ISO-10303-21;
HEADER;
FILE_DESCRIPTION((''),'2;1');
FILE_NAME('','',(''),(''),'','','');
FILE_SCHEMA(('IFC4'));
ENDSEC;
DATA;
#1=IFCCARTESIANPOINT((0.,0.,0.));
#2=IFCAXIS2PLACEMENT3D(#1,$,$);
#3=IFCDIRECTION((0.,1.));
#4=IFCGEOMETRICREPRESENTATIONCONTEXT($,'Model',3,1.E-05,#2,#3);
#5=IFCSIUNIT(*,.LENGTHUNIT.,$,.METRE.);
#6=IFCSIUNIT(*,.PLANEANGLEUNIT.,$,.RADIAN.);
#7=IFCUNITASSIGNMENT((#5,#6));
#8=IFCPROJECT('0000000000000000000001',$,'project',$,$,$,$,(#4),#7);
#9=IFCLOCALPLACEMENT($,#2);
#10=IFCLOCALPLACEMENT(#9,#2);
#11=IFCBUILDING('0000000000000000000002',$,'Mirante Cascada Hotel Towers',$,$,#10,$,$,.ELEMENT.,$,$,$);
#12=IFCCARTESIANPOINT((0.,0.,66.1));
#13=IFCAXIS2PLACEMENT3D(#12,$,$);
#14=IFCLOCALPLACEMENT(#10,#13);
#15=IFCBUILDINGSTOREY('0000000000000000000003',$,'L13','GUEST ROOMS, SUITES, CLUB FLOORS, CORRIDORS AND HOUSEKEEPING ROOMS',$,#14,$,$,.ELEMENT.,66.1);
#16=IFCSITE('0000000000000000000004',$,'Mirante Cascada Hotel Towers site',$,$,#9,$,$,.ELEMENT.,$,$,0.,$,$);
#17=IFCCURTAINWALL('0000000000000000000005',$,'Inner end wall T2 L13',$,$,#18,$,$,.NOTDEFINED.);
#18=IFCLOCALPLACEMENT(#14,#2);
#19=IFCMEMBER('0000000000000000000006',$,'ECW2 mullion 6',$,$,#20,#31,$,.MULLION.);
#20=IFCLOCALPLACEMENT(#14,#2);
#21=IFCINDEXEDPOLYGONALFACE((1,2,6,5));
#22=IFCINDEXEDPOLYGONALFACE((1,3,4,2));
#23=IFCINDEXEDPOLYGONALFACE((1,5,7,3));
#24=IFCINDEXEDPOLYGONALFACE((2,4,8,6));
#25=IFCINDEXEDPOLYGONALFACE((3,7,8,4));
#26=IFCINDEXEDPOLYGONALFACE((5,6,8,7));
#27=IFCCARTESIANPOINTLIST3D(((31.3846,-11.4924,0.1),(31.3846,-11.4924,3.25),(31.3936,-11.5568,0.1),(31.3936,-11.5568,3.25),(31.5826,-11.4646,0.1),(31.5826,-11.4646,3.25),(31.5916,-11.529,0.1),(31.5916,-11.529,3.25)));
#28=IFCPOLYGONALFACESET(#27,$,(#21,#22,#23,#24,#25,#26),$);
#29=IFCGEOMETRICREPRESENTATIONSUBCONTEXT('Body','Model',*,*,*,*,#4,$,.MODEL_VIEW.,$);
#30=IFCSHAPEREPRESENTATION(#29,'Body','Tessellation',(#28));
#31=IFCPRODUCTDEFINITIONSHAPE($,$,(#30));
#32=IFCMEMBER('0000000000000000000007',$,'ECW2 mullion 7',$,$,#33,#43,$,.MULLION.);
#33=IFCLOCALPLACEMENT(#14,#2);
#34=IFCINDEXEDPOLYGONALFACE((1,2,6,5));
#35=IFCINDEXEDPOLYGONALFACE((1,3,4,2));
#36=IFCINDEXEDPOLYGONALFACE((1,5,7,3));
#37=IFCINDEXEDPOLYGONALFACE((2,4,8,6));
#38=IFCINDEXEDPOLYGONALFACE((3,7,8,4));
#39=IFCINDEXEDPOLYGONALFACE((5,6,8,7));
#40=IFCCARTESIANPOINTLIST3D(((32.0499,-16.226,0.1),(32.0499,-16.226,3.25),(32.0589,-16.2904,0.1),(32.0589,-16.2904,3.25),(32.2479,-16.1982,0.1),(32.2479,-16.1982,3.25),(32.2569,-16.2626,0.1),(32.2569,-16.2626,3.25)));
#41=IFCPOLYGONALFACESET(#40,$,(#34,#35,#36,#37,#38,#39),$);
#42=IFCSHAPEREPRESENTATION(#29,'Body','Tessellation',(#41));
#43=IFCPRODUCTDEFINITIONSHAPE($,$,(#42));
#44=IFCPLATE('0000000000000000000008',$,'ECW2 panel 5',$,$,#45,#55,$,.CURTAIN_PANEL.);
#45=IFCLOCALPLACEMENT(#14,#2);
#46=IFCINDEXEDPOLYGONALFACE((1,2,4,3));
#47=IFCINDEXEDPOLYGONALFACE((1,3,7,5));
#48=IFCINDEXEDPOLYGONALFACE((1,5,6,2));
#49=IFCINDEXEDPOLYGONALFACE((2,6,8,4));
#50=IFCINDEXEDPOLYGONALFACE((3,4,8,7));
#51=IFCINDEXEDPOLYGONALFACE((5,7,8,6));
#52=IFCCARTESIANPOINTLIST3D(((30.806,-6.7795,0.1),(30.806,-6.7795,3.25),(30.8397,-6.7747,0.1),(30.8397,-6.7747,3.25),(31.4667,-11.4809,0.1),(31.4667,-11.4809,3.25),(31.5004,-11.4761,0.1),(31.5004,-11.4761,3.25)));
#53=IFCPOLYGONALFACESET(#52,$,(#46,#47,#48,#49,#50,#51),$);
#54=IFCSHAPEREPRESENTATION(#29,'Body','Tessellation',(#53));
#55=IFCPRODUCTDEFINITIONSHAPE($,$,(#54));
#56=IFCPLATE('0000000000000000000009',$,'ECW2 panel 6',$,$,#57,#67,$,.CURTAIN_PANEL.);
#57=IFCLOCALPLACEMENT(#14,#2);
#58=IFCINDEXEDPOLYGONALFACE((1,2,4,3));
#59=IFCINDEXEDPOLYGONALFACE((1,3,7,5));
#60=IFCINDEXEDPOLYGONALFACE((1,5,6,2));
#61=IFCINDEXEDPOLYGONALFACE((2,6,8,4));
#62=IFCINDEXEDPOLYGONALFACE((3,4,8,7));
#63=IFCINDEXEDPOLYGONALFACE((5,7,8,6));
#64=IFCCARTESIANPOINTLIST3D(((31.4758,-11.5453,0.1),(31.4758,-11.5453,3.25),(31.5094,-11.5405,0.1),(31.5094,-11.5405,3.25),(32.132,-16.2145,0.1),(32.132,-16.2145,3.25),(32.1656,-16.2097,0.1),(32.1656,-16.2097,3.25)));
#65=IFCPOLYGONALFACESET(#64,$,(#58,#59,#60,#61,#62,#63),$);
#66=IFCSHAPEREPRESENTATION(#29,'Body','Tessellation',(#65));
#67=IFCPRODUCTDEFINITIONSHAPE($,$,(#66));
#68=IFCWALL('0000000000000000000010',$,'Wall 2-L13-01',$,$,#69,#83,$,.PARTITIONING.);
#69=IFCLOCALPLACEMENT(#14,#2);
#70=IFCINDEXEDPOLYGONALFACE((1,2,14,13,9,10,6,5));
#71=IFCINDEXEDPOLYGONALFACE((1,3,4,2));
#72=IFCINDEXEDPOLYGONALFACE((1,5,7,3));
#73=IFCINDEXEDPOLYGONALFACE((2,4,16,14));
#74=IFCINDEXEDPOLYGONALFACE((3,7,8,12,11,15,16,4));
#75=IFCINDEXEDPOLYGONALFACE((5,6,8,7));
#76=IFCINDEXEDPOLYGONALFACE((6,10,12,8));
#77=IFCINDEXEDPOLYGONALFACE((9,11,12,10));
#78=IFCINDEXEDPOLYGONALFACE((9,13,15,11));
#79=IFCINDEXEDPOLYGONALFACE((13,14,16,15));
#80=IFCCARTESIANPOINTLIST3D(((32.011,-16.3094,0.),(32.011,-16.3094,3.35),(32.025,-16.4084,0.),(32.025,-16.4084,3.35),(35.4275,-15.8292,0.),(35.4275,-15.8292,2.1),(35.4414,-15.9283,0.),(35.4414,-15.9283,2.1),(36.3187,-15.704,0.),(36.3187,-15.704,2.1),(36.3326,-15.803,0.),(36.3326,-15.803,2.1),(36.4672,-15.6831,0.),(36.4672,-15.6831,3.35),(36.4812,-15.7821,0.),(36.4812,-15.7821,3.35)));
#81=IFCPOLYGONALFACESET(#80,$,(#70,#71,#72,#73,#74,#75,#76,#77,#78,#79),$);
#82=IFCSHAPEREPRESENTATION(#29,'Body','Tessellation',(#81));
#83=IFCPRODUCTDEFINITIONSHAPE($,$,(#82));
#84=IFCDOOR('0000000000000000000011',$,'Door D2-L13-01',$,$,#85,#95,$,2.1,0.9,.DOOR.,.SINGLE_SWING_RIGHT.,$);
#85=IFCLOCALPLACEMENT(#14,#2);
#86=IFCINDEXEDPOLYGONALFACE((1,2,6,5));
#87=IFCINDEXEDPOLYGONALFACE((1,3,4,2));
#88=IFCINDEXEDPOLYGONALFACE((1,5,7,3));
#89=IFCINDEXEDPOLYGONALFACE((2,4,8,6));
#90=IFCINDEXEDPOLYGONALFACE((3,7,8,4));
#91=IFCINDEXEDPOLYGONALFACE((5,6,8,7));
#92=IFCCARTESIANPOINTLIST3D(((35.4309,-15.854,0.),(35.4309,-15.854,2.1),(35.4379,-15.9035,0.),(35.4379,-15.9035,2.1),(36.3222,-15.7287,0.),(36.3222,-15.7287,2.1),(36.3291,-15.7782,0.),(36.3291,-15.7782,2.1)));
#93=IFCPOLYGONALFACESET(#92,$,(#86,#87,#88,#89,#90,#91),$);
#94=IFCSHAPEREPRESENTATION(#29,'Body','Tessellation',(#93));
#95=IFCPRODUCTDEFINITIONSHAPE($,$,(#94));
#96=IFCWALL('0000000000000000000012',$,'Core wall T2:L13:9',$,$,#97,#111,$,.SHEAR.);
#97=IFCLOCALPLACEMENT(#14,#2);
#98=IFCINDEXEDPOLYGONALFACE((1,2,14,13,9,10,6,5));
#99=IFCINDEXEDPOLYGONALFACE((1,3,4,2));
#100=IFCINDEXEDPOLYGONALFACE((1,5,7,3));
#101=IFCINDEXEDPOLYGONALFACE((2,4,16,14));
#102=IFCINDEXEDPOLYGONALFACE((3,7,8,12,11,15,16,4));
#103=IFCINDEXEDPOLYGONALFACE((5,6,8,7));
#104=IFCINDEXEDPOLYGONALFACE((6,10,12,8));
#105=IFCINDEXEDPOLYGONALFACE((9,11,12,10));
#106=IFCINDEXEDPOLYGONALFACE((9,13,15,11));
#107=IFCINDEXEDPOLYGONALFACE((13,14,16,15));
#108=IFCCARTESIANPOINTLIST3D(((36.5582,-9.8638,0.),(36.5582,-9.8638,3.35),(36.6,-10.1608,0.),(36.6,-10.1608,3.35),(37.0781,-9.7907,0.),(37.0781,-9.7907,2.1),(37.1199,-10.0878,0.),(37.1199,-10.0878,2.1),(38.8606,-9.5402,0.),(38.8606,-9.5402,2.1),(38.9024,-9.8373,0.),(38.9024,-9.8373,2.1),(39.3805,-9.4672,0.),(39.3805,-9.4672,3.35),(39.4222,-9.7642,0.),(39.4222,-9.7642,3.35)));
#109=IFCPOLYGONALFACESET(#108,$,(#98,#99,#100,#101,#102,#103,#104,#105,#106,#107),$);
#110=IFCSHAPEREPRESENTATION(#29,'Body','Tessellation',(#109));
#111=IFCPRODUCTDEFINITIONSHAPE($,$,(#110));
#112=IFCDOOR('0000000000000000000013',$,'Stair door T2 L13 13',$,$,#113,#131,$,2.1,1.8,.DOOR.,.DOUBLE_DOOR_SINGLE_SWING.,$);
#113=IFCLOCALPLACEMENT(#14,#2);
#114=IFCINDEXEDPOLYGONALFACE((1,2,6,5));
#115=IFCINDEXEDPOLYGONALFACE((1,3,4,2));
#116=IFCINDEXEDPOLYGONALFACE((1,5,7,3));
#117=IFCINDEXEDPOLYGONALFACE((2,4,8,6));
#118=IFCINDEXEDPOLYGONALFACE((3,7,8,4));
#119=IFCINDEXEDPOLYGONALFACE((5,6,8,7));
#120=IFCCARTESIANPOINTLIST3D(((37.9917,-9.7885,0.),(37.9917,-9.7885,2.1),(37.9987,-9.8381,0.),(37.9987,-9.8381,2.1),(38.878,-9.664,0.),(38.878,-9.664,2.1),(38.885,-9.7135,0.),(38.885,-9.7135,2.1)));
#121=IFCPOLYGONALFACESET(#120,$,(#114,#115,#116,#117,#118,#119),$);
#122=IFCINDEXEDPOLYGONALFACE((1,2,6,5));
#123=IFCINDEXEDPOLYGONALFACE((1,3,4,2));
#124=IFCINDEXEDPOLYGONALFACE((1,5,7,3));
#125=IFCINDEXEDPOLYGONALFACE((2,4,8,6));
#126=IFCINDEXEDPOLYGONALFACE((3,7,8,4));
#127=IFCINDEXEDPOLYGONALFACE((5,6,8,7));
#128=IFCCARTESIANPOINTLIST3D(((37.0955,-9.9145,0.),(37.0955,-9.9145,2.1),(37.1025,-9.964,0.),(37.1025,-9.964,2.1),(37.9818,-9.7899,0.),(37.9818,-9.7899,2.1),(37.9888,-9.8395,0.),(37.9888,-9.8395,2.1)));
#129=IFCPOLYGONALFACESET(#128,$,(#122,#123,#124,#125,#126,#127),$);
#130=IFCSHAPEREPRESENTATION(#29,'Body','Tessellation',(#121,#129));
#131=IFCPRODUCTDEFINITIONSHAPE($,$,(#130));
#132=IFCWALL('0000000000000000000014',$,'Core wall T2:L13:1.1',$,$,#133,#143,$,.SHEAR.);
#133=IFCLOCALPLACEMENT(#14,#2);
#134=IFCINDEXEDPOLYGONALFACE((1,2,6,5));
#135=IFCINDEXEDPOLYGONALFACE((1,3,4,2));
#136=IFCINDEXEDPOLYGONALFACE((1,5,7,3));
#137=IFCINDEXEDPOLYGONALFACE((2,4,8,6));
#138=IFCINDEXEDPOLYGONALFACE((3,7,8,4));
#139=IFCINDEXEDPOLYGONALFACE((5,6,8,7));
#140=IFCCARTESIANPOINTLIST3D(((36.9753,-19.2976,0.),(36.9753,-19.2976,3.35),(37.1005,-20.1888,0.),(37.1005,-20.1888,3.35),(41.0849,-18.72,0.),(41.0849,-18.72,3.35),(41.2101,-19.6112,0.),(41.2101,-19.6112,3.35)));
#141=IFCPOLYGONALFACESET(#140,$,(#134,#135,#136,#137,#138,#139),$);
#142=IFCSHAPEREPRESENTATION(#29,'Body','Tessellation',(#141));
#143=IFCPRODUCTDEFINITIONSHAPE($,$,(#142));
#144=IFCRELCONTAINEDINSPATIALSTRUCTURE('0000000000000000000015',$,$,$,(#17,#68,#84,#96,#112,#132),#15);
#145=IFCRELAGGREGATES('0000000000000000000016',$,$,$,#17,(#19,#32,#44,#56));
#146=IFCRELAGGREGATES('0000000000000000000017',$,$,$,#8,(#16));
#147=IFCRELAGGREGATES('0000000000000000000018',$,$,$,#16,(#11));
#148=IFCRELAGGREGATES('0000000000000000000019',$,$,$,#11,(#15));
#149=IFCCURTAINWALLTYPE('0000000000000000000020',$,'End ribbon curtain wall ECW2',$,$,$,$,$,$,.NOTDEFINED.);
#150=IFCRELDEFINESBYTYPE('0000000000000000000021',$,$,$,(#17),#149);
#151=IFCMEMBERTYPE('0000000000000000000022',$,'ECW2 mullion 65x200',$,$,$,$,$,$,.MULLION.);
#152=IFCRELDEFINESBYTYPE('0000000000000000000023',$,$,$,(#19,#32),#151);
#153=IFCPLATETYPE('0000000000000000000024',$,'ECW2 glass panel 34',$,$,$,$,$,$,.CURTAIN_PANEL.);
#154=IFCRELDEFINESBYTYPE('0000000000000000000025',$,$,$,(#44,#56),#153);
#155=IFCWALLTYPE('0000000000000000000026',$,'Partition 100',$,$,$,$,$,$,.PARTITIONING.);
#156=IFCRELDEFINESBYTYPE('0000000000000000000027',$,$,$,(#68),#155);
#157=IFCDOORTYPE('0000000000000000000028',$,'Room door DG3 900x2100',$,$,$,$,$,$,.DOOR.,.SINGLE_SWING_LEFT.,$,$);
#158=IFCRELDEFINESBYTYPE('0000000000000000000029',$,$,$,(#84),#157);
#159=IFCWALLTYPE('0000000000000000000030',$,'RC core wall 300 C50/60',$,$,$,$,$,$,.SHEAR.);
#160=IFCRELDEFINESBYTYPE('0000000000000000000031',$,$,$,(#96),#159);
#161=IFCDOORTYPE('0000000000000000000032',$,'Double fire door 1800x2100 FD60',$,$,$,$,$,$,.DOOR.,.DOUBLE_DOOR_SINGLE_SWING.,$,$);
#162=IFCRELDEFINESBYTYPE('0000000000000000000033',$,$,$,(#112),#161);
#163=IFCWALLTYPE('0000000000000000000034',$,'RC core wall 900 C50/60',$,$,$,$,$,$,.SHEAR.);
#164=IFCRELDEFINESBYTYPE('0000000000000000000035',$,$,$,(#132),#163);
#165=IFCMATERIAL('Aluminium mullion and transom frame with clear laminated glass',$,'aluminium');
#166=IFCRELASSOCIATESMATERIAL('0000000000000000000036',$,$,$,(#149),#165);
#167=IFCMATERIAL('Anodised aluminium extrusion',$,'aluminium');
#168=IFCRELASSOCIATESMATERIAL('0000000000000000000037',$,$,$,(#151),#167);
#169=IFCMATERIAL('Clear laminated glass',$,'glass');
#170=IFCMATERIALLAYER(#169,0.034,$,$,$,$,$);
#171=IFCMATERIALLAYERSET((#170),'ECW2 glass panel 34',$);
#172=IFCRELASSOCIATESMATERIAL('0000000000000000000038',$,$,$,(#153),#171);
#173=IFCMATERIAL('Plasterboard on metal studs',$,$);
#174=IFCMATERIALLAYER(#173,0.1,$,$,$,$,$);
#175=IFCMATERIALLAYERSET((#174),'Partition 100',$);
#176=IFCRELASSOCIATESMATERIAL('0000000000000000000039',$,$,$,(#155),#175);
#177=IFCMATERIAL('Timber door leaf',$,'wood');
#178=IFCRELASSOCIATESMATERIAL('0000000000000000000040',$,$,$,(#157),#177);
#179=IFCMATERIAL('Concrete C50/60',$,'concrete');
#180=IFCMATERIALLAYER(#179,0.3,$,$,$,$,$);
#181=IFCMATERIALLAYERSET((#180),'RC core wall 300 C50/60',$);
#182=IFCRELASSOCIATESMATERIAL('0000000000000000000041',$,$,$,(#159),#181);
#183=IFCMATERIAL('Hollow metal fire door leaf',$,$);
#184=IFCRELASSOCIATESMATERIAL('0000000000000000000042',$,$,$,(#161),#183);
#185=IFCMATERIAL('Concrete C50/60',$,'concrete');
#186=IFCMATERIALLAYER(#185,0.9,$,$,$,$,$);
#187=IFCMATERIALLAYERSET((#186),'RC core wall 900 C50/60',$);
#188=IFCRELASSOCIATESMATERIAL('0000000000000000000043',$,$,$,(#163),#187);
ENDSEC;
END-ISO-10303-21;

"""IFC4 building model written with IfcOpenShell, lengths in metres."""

from ifc_helpers import new_model, si_unit, direction, frame, frame_2d, origin, origin_2d, place, context, subcontext, project, spatial, rectangle, extrude, material, layer, layer_set, material_profile, profile_set, type_object, element, fill, aggregate, save


model = new_model("IFC4")

# Units and contexts
model_context = context("Model", 3, precision=1e-05, world=origin(), true_north=direction((0.0, 1.0)))
body_context = subcontext(model_context, "Body", "Model", "MODEL_VIEW")
ifc_project = project(units=[si_unit("LENGTHUNIT", "METRE"), si_unit("PLANEANGLEUNIT", "RADIAN")], contexts=[model_context])

# Site, building, storey
site_placement = place(None, origin())
site = spatial("IfcSite", under=ifc_project, at=site_placement, Name="Mirante Cascada Hotel Towers site", CompositionType="ELEMENT", RefElevation=0.0)
building_placement = place(site_placement, origin())
building = spatial("IfcBuilding", under=site, at=building_placement, Name="Mirante Cascada Hotel Towers", CompositionType="ELEMENT")
storey_placement = place(building_placement, frame((0.0, 0.0, 66.1)))
storey = spatial("IfcBuildingStorey", under=building, at=storey_placement, Name="L13", Description="GUEST ROOMS, SUITES, CLUB FLOORS, CORRIDORS AND HOUSEKEEPING ROOMS", CompositionType="ELEMENT", Elevation=66.1)

# Curtain wall, members, plates
ifc_material_1 = material(Name="Aluminium mullion and transom frame with clear laminated glass", Category="aluminium")
curtain_wall_type = type_object("IfcCurtainWallType", Name="End ribbon curtain wall ECW2", PredefinedType="NOTDEFINED", material=ifc_material_1)
curtain_wall_placement = place(storey_placement, origin())
curtain_wall = element("IfcCurtainWall", 1, at=curtain_wall_placement, inside=storey, type_object=curtain_wall_type, Name="Inner end wall T2 L13", PredefinedType="NOTDEFINED")
ifc_material_2 = material(Name="Anodised aluminium extrusion", Category="aluminium")
ifc_material_profile = material_profile(ifc_material_2, rectangle(XDim=0.2, YDim=0.065, at=origin_2d()), Name="ECW2 MULLION 65x200")
ifc_profile_set = profile_set([ifc_material_profile], Name="Anodised aluminium extrusion")
member_type = type_object("IfcMemberType", Name="ECW2 mullion 65x200", PredefinedType="MULLION", material=ifc_profile_set)
member_1_placement = place(storey_placement, frame((31.4881, -11.5107, 0.1), z_axis=(0.0, 0.0, 1.0), x_axis=(0.990268, 0.139173, 0.0)))
member_1 = element("IfcMember", 2, at=member_1_placement, type_object=member_type, Name="ECW2 mullion 6", PredefinedType="MULLION", context=body_context, shape_type="SweptSolid", body=[
    extrude(rectangle(XDim=0.2, YDim=0.065, at=origin_2d()), origin(), (0.0, 0.0, 1.0), 3.15),
])
member_2_placement = place(storey_placement, frame((32.1534, -16.2443, 0.1), z_axis=(0.0, 0.0, 1.0), x_axis=(0.990268, 0.139173, 0.0)))
member_2 = element("IfcMember", 3, at=member_2_placement, type_object=member_type, Name="ECW2 mullion 7", PredefinedType="MULLION", context=body_context, shape_type="SweptSolid", body=[
    extrude(rectangle(XDim=0.2, YDim=0.065, at=origin_2d()), origin(), (0.0, 0.0, 1.0), 3.15),
])
ifc_material_3 = material(Name="Clear laminated glass", Category="glass")
ifc_layer_1 = layer(ifc_material_3, 0.034)
ifc_layer_set_1 = layer_set([ifc_layer_1], Name="ECW2 glass panel 34")
plate_type = type_object("IfcPlateType", Name="ECW2 glass panel 34", PredefinedType="CURTAIN_PANEL", material=ifc_layer_set_1)
plate_1_placement = place(storey_placement, frame((31.1532, -9.1278, 0.1), z_axis=(0.0, 0.0, 1.0), x_axis=(0.139173, -0.990268, 0.0)))
plate_1 = element("IfcPlate", 4, at=plate_1_placement, type_object=plate_type, Name="ECW2 panel 5", PredefinedType="CURTAIN_PANEL", context=body_context, shape_type="SweptSolid", body=[
    extrude(rectangle(XDim=4.7476, YDim=0.034, at=origin_2d()), origin(), (0.0, 0.0, 1.0), 3.15),
])
plate_2_placement = place(storey_placement, frame((31.8207, -13.8775, 0.1), z_axis=(0.0, 0.0, 1.0), x_axis=(0.139173, -0.990268, 0.0)))
plate_2 = element("IfcPlate", 5, at=plate_2_placement, type_object=plate_type, Name="ECW2 panel 6", PredefinedType="CURTAIN_PANEL", context=body_context, shape_type="SweptSolid", body=[
    extrude(rectangle(XDim=4.7151, YDim=0.034, at=origin_2d()), origin(), (0.0, 0.0, 1.0), 3.15),
])
aggregate(curtain_wall, [member_1, member_2, plate_1, plate_2])

# Walls, openings, doors
ifc_material_4 = material(Name="Plasterboard on metal studs")
ifc_layer_2 = layer(ifc_material_4, 0.1)
ifc_layer_set_2 = layer_set([ifc_layer_2], Name="Partition 100")
wall_type_1 = type_object("IfcWallType", Name="Partition 100", PredefinedType="PARTITIONING", material=ifc_layer_set_2)
wall_1_placement = place(storey_placement, frame((36.4742, -15.7326, 0.0), z_axis=(0.0, 0.0, 1.0), x_axis=(-0.990267, -0.139178, 0.0)))
wall_1 = element("IfcWall", 6, at=wall_1_placement, inside=storey, type_object=wall_type_1, Name="Wall 2-L13-01", PredefinedType="PARTITIONING", context=body_context, shape_type="SweptSolid", body=[
    extrude(rectangle(XDim=4.5, YDim=0.1, at=frame_2d((2.25, 0.0))), origin(), (0.0, 0.0, 1.0), 3.35),
])
opening_1_placement = place(wall_1_placement, frame((0.15, 0.0, 0.0)))
opening_1 = element("IfcOpeningElement", 7, at=opening_1_placement, cuts=wall_1, PredefinedType="OPENING", context=body_context, shape_type="SweptSolid", body=[
    extrude(rectangle(XDim=0.9, YDim=2.1, at=frame_2d((0.45, 1.05))), frame((0.0, 0.05, 0.0), z_axis=(0.0, -1.0, 0.0), x_axis=(1.0, 0.0, 0.0)), (0.0, 0.0, 1.0), 0.1),
])
ifc_material_5 = material(Name="Timber door leaf", Category="wood")
door_type_1 = type_object("IfcDoorType", Name="Room door DG3 900x2100", OperationType="SINGLE_SWING_LEFT", PredefinedType="DOOR", material=ifc_material_5)
door_1_placement = place(opening_1_placement, frame((0.9, 0.0, 0.0), z_axis=(0.0, 0.0, 1.0), x_axis=(-1.0, 0.0, 0.0)))
door_1 = element("IfcDoor", 8, at=door_1_placement, inside=storey, type_object=door_type_1, Name="Door D2-L13-01", OperationType="SINGLE_SWING_RIGHT", OverallHeight=2.1, OverallWidth=0.9, PredefinedType="DOOR", context=body_context, shape_type="SweptSolid", body=[
    extrude(rectangle(XDim=0.9, YDim=2.1, at=frame_2d((0.45, 1.05))), frame((0.0, 0.025, 0.0), z_axis=(0.0, -1.0, 0.0), x_axis=(1.0, 0.0, 0.0)), (0.0, 0.0, 1.0), 0.05),
])
fill(opening_1, door_1)
ifc_material_6 = material(Name="Concrete C50/60", Category="concrete")
ifc_layer_3 = layer(ifc_material_6, 0.3)
ifc_layer_set_3 = layer_set([ifc_layer_3], Name="RC core wall 300 C50/60")
wall_type_2 = type_object("IfcWallType", Name="RC core wall 300 C50/60", PredefinedType="SHEAR", material=ifc_layer_set_3)
wall_2_placement = place(storey_placement, frame((36.5791, -10.0123, 0.0), z_axis=(0.0, 0.0, 1.0), x_axis=(0.99027, 0.139156, 0.0)))
wall_2 = element("IfcWall", 9, at=wall_2_placement, inside=storey, type_object=wall_type_2, Name="Core wall T2:L13:9", PredefinedType="SHEAR", context=body_context, shape_type="SweptSolid", body=[
    extrude(rectangle(XDim=2.85, YDim=0.3, at=frame_2d((1.425, 0.0))), origin(), (0.0, 0.0, 1.0), 3.35),
])
opening_2_placement = place(wall_2_placement, frame((0.525, 0.0, 0.0)))
opening_2 = element("IfcOpeningElement", 10, at=opening_2_placement, cuts=wall_2, PredefinedType="OPENING", context=body_context, shape_type="SweptSolid", body=[
    extrude(rectangle(XDim=1.8, YDim=2.1, at=frame_2d((0.9, 1.05))), frame((0.0, 0.15, 0.0), z_axis=(0.0, -1.0, 0.0), x_axis=(1.0, 0.0, 0.0)), (0.0, 0.0, 1.0), 0.3),
])
ifc_material_7 = material(Name="Hollow metal fire door leaf")
door_type_2 = type_object("IfcDoorType", Name="Double fire door 1800x2100 FD60", OperationType="DOUBLE_DOOR_SINGLE_SWING", PredefinedType="DOOR", material=ifc_material_7)
door_2_placement = place(opening_2_placement, frame((1.8, 0.0, 0.0), z_axis=(0.0, 0.0, 1.0), x_axis=(-1.0, 0.0, 0.0)))
door_2 = element("IfcDoor", 11, at=door_2_placement, inside=storey, type_object=door_type_2, Name="Stair door T2 L13 13", OperationType="DOUBLE_DOOR_SINGLE_SWING", OverallHeight=2.1, OverallWidth=1.8, PredefinedType="DOOR", context=body_context, shape_type="SweptSolid", body=[
    extrude(rectangle(XDim=0.895, YDim=2.1, at=frame_2d((0.4475, 1.05))), frame((0.0, 0.025, 0.0), z_axis=(0.0, -1.0, 0.0), x_axis=(1.0, 0.0, 0.0)), (0.0, 0.0, 1.0), 0.05),
    extrude(rectangle(XDim=0.895, YDim=2.1, at=frame_2d((1.3525, 1.05))), frame((0.0, 0.025, 0.0), z_axis=(0.0, -1.0, 0.0), x_axis=(1.0, 0.0, 0.0)), (0.0, 0.0, 1.0), 0.05),
])
fill(opening_2, door_2)

# Wall
ifc_material_8 = material(Name="Concrete C50/60", Category="concrete")
ifc_layer_4 = layer(ifc_material_8, 0.9)
ifc_layer_set_4 = layer_set([ifc_layer_4], Name="RC core wall 900 C50/60")
wall_type_3 = type_object("IfcWallType", Name="RC core wall 900 C50/60", PredefinedType="SHEAR", material=ifc_layer_set_4)
wall_3_placement = place(storey_placement, frame((37.0379, -19.7432, 0.0), z_axis=(0.0, 0.0, 1.0), x_axis=(0.990267, 0.139181, 0.0)))
element("IfcWall", 12, at=wall_3_placement, inside=storey, type_object=wall_type_3, Name="Core wall T2:L13:1.1", PredefinedType="SHEAR", context=body_context, shape_type="SweptSolid", body=[
    extrude(rectangle(XDim=4.15, YDim=0.9, at=frame_2d((2.075, 0.0))), origin(), (0.0, 0.0, 1.0), 3.35),
])

save(model, "model.ifc")
